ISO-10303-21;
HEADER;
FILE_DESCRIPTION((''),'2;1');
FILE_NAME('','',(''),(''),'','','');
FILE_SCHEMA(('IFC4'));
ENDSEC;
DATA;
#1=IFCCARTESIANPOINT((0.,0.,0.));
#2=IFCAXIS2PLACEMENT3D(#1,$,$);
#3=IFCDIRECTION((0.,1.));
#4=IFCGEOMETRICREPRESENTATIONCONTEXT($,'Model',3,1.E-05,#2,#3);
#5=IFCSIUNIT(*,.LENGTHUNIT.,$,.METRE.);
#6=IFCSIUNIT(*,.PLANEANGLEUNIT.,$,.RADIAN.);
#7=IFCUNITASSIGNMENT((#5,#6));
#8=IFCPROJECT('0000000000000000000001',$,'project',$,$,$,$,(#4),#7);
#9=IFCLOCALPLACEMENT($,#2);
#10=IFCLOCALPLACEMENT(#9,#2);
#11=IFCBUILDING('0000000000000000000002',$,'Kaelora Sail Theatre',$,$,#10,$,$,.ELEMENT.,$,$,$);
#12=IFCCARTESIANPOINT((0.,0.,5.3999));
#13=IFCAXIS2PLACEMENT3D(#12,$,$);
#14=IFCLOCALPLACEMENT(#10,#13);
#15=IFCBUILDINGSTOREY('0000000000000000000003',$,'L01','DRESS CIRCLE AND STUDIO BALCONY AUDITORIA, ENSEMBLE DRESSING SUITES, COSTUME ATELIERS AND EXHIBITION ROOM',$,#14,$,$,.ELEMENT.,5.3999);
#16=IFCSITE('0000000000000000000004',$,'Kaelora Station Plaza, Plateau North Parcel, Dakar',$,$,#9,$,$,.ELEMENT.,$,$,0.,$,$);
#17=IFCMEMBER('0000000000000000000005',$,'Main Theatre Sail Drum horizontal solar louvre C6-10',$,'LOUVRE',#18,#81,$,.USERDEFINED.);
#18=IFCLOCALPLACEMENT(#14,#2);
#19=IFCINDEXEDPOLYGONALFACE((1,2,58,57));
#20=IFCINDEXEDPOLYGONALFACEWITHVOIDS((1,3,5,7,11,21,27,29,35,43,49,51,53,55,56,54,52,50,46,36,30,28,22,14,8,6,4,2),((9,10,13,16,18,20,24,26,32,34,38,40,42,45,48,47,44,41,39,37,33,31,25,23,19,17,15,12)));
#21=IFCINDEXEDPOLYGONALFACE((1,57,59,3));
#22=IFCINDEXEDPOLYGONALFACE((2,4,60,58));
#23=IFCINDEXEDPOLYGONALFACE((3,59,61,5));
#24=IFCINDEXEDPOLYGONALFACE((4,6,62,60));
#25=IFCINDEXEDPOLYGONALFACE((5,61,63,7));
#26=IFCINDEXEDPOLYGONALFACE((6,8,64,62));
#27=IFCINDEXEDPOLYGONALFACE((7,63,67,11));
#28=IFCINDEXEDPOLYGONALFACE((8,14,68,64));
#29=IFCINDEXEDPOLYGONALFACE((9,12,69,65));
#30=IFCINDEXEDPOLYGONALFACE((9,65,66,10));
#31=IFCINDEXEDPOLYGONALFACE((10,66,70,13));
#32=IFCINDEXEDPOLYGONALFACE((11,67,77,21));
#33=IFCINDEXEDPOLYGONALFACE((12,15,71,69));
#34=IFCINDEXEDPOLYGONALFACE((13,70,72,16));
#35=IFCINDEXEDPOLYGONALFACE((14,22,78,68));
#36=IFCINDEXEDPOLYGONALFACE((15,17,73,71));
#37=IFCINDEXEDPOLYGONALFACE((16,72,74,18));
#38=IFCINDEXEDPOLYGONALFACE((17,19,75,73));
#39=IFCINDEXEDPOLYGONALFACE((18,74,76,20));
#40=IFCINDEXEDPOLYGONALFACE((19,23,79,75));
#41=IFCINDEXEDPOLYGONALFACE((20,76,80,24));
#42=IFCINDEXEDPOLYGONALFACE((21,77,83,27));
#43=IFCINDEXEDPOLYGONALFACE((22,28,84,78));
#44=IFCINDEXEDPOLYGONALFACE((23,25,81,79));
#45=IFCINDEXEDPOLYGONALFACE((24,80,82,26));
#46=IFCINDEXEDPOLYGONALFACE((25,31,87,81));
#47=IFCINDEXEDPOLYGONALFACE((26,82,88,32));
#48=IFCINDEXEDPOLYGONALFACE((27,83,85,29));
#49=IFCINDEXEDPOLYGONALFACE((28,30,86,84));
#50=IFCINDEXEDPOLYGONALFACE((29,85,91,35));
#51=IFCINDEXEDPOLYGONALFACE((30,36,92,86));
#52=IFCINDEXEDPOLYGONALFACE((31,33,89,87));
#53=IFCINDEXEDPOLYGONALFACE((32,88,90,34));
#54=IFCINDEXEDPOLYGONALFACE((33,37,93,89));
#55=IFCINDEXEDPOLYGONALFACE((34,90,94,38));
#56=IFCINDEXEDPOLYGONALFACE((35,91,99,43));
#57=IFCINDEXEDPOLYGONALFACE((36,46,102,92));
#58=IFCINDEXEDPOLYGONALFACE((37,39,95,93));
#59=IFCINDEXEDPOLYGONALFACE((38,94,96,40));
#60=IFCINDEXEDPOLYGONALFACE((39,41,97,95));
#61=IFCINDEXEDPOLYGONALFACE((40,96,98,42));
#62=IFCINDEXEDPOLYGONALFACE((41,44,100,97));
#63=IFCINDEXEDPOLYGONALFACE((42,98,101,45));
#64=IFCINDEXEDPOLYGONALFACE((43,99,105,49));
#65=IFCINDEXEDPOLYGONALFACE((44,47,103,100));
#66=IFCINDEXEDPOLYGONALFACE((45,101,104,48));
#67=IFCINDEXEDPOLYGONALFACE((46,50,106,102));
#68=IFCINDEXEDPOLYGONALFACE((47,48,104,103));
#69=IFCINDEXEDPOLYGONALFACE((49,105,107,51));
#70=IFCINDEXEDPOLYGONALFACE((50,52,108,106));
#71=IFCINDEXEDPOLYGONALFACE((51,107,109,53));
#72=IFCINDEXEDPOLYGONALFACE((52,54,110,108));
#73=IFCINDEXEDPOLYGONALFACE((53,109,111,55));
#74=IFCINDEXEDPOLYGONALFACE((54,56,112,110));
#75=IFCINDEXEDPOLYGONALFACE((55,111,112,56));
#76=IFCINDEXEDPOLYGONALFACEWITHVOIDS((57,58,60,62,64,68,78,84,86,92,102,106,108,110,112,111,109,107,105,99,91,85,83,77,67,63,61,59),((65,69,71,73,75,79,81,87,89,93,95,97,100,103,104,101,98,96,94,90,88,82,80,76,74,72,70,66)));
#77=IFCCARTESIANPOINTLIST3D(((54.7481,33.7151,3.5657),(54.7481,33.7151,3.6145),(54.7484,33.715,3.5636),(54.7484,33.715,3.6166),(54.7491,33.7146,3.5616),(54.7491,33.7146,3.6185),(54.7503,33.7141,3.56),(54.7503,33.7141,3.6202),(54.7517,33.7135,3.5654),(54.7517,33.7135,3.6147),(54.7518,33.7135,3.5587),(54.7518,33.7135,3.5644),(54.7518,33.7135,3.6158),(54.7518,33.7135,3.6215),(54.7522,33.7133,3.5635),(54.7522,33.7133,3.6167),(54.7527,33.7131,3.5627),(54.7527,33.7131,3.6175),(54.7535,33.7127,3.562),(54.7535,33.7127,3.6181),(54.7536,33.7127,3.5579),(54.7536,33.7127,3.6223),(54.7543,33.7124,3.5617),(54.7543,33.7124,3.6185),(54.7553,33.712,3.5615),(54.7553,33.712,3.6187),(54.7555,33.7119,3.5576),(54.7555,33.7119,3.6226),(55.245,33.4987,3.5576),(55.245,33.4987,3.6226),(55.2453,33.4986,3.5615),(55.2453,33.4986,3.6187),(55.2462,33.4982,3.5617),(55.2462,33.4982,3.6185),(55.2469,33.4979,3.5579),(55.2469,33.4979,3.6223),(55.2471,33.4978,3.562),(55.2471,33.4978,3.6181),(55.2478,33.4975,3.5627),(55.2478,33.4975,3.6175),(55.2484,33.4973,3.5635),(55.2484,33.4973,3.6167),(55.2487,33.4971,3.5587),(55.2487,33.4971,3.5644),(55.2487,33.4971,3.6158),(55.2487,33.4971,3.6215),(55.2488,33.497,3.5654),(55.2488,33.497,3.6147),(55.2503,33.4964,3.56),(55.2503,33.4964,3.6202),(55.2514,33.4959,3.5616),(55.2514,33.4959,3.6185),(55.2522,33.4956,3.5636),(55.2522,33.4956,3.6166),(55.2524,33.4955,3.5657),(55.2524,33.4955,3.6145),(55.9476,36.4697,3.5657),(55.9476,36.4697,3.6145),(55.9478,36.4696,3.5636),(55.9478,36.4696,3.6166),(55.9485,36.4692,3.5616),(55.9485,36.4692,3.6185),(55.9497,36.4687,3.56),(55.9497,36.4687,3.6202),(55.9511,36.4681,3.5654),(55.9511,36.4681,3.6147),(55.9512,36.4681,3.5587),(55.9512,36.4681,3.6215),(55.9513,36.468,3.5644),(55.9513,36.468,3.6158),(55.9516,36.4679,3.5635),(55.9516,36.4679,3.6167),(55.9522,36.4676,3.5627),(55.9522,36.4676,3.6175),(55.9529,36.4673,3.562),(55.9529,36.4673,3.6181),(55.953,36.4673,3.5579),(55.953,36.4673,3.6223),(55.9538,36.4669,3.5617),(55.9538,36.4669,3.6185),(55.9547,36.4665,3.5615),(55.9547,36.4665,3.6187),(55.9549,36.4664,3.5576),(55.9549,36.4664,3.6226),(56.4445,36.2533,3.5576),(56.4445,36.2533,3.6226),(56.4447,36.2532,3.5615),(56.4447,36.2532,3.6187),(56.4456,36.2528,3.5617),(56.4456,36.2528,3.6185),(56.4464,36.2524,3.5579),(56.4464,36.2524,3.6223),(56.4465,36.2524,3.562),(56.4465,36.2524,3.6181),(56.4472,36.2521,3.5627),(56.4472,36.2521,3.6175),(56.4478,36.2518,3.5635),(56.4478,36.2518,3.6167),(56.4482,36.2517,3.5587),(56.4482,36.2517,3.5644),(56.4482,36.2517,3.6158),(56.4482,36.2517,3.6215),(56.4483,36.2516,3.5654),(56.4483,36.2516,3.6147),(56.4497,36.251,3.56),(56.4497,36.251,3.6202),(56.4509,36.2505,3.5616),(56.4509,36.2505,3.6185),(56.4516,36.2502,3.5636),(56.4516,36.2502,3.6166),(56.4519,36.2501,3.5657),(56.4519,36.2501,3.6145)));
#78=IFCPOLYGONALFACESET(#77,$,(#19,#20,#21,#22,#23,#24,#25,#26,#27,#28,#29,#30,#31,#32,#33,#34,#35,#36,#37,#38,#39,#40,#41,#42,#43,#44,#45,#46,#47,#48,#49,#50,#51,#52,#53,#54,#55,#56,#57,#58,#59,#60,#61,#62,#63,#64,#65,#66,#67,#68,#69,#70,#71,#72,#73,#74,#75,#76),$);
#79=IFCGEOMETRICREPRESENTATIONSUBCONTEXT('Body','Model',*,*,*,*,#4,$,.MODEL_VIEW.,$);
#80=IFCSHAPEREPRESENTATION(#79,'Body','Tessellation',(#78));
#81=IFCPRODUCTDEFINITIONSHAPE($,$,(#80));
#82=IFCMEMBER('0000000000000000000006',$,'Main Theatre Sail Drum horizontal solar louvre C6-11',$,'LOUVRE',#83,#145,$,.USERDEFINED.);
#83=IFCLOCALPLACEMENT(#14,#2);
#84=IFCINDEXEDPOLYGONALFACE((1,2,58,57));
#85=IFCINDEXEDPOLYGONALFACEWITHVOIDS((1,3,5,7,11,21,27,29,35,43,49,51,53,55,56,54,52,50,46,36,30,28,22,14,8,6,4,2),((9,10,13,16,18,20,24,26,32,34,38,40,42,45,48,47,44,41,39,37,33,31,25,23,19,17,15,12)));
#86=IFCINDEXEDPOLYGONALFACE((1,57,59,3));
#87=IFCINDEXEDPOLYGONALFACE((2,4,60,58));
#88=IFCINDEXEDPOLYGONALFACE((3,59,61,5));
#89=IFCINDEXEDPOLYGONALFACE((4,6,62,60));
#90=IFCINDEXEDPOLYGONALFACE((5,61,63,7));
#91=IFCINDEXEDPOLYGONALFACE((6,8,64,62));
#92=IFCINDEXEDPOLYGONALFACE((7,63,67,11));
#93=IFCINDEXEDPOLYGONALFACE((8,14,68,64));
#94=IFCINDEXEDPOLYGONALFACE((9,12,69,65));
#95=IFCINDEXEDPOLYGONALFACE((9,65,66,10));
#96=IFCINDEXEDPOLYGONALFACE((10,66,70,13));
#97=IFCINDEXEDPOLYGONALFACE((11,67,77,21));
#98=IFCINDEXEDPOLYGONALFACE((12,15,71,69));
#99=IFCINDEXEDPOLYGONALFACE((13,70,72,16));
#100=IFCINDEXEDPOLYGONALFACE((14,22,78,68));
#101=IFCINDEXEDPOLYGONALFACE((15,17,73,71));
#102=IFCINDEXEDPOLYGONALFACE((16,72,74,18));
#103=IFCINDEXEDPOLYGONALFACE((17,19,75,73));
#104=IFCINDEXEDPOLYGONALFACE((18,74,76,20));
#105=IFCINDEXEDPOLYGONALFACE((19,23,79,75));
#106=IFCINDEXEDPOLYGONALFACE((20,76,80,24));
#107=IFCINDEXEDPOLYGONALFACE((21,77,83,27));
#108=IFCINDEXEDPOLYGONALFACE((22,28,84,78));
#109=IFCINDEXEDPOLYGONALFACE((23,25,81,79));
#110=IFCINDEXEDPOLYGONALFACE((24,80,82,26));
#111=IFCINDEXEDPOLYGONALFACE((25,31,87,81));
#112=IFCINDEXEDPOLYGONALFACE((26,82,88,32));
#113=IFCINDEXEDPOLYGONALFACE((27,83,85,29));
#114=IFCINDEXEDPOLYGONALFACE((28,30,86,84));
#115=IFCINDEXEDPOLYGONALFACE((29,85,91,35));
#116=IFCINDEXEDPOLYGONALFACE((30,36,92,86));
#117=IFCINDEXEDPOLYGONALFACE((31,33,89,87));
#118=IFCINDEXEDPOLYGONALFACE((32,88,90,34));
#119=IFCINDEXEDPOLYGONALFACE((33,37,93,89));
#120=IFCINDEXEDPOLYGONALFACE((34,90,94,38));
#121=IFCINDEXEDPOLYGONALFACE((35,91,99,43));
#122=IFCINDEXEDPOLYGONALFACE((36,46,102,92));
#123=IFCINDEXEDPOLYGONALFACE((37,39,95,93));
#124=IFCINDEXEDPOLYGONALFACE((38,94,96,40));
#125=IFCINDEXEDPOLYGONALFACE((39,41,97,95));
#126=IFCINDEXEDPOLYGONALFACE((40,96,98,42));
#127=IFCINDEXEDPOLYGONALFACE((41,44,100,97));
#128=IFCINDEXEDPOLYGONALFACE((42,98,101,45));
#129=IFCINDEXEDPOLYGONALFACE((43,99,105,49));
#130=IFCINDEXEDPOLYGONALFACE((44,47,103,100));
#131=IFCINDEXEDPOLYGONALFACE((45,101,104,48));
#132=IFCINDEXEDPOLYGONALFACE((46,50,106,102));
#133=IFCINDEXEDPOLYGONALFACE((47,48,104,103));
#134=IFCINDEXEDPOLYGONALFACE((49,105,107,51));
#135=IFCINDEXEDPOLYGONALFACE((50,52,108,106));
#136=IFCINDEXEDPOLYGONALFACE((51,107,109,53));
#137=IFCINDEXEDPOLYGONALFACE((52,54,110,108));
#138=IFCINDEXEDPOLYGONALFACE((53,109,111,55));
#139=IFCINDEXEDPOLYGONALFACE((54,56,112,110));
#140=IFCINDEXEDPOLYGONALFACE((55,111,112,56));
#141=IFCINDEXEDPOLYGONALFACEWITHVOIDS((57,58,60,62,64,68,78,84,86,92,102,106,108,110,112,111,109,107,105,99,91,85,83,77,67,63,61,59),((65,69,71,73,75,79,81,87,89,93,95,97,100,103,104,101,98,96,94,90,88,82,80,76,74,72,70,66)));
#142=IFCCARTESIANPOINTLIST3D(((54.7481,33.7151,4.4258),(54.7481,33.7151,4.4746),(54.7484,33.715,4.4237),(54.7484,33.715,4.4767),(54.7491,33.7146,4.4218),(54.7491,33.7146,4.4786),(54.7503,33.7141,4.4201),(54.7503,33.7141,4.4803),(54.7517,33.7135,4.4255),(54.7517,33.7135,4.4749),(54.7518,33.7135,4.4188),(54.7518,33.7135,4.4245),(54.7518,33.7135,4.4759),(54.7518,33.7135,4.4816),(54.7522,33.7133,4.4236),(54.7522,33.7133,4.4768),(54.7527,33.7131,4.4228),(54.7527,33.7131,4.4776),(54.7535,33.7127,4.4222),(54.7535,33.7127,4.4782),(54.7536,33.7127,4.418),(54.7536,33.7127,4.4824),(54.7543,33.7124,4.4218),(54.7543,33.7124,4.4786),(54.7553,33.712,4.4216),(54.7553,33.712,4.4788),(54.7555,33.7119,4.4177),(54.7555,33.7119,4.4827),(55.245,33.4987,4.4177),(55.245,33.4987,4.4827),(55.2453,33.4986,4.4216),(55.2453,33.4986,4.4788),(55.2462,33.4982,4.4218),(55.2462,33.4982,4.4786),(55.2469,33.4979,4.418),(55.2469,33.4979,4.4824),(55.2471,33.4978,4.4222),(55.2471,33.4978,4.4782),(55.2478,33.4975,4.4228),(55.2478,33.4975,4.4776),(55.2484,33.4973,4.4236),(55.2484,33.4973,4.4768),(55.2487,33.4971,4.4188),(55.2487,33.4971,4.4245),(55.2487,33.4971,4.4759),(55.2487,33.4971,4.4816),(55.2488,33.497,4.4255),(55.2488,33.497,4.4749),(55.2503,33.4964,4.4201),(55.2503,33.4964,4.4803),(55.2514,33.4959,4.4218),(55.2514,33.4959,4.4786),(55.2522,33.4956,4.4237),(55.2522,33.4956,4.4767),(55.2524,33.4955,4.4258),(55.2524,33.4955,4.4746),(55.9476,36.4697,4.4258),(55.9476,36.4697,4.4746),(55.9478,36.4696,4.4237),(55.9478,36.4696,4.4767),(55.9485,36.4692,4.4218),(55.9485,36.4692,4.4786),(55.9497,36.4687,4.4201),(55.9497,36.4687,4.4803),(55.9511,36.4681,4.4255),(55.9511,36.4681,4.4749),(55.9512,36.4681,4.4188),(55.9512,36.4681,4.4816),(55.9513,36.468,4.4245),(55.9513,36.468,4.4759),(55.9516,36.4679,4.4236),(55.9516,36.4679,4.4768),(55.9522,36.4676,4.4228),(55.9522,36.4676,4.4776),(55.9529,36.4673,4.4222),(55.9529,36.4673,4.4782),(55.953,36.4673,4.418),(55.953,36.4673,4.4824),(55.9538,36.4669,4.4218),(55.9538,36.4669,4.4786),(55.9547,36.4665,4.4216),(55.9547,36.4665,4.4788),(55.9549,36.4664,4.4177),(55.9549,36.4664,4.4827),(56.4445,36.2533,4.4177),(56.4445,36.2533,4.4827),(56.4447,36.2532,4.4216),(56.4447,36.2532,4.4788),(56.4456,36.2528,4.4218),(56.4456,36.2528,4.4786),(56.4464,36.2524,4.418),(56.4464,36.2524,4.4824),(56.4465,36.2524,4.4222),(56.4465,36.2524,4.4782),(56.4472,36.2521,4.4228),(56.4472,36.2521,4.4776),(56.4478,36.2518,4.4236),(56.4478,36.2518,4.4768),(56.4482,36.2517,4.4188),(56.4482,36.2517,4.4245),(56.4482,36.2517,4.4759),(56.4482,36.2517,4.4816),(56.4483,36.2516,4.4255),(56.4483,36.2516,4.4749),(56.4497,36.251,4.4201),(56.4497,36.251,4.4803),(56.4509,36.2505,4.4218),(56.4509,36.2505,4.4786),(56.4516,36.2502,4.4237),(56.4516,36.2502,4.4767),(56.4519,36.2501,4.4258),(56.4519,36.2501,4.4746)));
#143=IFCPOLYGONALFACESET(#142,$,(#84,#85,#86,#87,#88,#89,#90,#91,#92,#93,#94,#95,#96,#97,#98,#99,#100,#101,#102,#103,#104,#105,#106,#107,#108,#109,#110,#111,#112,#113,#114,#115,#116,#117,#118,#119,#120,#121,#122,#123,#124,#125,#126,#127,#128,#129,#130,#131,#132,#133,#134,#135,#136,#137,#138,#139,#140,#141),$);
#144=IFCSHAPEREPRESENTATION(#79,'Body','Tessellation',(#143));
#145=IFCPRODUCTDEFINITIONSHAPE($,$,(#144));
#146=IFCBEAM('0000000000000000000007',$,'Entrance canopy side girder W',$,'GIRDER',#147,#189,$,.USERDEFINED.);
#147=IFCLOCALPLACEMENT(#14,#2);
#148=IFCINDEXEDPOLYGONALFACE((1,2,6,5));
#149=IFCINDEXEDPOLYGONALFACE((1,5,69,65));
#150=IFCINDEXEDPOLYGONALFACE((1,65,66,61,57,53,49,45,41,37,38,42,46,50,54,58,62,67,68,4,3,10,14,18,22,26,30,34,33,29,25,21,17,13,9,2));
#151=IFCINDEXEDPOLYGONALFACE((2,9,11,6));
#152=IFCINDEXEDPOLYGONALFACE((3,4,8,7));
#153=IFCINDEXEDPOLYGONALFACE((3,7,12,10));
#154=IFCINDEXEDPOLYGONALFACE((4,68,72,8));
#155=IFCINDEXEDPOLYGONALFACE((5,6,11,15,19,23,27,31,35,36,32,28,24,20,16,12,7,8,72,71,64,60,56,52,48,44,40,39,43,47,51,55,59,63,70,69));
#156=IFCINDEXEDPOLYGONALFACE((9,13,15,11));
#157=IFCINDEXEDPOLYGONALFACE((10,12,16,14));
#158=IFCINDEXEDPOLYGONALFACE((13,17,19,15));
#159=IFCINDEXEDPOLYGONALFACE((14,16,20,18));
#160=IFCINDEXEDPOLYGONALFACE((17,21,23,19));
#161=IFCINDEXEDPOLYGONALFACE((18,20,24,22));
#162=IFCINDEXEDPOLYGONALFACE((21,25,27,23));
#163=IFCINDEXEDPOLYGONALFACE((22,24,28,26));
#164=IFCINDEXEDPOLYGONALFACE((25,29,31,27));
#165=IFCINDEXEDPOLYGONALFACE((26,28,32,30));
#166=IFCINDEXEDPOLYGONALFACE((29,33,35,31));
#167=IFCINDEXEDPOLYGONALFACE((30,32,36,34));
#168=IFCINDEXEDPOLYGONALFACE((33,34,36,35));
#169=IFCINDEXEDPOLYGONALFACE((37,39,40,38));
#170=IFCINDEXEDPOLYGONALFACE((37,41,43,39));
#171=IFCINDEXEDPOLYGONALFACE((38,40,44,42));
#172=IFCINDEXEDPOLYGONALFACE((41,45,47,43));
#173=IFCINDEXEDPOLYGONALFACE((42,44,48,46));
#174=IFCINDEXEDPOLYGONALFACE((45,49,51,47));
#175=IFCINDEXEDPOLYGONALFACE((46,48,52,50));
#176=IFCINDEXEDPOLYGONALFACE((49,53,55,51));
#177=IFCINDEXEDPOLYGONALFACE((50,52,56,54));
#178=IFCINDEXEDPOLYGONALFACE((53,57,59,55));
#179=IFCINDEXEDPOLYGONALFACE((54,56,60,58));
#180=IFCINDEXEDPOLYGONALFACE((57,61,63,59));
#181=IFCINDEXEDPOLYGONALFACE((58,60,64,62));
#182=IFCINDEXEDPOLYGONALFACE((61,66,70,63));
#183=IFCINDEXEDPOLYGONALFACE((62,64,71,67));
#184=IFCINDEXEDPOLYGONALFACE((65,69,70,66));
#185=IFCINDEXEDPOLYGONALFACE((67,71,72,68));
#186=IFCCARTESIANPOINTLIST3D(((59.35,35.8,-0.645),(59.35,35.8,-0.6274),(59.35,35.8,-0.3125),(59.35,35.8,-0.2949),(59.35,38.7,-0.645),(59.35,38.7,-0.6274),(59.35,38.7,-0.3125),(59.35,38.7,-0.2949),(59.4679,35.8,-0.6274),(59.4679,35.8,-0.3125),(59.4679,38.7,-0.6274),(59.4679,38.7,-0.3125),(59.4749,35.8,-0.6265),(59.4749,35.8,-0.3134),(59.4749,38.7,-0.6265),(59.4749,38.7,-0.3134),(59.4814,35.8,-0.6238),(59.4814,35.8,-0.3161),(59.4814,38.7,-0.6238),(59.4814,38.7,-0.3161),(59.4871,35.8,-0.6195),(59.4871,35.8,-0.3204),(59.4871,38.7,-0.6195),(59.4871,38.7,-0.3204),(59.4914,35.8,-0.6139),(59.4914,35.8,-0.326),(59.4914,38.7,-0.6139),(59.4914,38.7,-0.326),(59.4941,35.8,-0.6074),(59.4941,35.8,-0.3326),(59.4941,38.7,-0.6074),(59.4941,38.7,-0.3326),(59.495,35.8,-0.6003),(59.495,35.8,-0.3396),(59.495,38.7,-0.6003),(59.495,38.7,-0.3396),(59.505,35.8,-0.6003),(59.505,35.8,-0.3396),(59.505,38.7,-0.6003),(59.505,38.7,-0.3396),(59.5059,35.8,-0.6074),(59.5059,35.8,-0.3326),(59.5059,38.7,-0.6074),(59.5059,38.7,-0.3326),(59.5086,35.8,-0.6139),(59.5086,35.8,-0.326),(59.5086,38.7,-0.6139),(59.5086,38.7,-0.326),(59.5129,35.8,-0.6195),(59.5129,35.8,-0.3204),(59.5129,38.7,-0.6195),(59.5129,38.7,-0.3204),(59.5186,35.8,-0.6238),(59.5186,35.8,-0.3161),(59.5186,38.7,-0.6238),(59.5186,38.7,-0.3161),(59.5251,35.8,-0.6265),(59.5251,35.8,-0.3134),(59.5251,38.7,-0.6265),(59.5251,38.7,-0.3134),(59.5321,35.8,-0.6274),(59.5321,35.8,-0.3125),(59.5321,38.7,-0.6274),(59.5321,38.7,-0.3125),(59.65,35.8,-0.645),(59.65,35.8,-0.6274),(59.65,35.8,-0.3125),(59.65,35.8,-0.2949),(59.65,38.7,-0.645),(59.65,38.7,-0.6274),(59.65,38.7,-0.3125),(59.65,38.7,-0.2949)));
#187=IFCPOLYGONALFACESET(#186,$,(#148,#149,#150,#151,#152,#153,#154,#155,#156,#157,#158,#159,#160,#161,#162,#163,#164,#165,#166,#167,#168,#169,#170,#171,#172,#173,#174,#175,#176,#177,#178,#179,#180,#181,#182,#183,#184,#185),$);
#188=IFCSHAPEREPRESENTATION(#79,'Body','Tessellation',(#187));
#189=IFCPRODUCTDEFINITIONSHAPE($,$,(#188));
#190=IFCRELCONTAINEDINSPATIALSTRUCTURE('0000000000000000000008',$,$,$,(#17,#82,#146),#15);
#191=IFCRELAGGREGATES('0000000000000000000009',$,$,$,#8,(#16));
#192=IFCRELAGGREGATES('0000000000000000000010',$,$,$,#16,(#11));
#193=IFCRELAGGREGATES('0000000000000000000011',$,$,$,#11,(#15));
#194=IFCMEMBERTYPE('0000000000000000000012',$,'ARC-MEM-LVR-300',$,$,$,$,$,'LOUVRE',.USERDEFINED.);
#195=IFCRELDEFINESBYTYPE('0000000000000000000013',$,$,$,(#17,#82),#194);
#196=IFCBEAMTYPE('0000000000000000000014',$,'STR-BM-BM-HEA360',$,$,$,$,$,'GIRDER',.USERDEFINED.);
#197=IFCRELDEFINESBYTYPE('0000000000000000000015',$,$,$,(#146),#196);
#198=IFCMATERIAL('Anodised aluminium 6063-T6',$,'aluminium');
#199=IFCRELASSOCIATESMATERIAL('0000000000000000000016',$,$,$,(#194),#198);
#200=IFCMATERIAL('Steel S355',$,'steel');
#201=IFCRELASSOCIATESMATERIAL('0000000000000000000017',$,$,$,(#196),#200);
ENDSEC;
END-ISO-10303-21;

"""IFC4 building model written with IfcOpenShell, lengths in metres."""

from ifc_helpers import new_model, si_unit, direction, frame, origin, origin_2d, place, context, subcontext, project, spatial, hollow_rectangle, i_section, extrude, material, material_profile, profile_set, type_object, element, save


model = new_model("IFC4")

# Units and contexts
model_context = context("Model", 3, precision=1e-05, world=origin(), true_north=direction((0.0, 1.0)))
body_context = subcontext(model_context, "Body", "Model", "MODEL_VIEW")
ifc_project = project(units=[si_unit("LENGTHUNIT", "METRE"), si_unit("PLANEANGLEUNIT", "RADIAN")], contexts=[model_context])

# Site, building, storey
site_placement = place(None, origin())
site = spatial("IfcSite", under=ifc_project, at=site_placement, Name="Kaelora Station Plaza, Plateau North Parcel, Dakar", CompositionType="ELEMENT", RefElevation=0.0)
building_placement = place(site_placement, origin())
building = spatial("IfcBuilding", under=site, at=building_placement, Name="Kaelora Sail Theatre", CompositionType="ELEMENT")
storey_placement = place(building_placement, frame((0.0, 0.0, 5.3999)))
storey = spatial("IfcBuildingStorey", under=building, at=storey_placement, Name="L01", Description="DRESS CIRCLE AND STUDIO BALCONY AUDITORIA, ENSEMBLE DRESSING SUITES, COSTUME ATELIERS AND EXHIBITION ROOM", CompositionType="ELEMENT", Elevation=5.3999)

# Members
ifc_material_1 = material(Name="Anodised aluminium 6063-T6", Category="aluminium")
ifc_material_profile_1 = material_profile(ifc_material_1, hollow_rectangle(XDim=0.55, YDim=0.0649, WallThickness=0.0039, InnerFilletRadius=0.0039, OuterFilletRadius=0.0081, at=origin_2d()), Name="LOUVRE 550x65x4")
ifc_profile_set_1 = profile_set([ifc_material_profile_1], Name="Anodised aluminium 6063-T6")
member_type_1 = type_object("IfcMemberType", Name="ARC-MEM-LVR-300", ElementType="LOUVRE", PredefinedType="USERDEFINED", material=ifc_profile_set_1)
for number, where, z_axis, x_axis, name in (
    (1, (56.1997, 36.3599, 3.5901), (-0.399228, -0.916852, 0.0), (0.916852, -0.399228, 0.0), "Main Theatre Sail Drum horizontal solar louvre C6-10"),
    (2, (56.1997, 36.3599, 4.4502), (-0.399228, -0.916852, 0.0), (0.916852, -0.399228, 0.0), "Main Theatre Sail Drum horizontal solar louvre C6-11"),
):
    element("IfcMember", number, at=place(storey_placement, frame(where, z_axis=z_axis, x_axis=x_axis)), inside=storey, type_object=member_type_1, Name=name, ObjectType="LOUVRE", PredefinedType="USERDEFINED", context=body_context, shape_type="SweptSolid", body=[
        extrude(hollow_rectangle(XDim=0.55, YDim=0.0649, WallThickness=0.0039, InnerFilletRadius=0.0039, OuterFilletRadius=0.0081, at=origin_2d()), origin(), (0.0, 0.0, 1.0), 3.0044),
    ])

# Beam
ifc_material_2 = material(Name="Steel S355", Category="steel")
ifc_material_profile_2 = material_profile(ifc_material_2, i_section(OverallWidth=0.3, OverallDepth=0.3501, WebThickness=0.01, FlangeThickness=0.0176, FilletRadius=0.0271, at=origin_2d()), Name="HEA 360")
ifc_profile_set_2 = profile_set([ifc_material_profile_2], Name="Steel S355")
beam_type_1 = type_object("IfcBeamType", Name="STR-BM-BM-HEA360", ElementType="GIRDER", PredefinedType="USERDEFINED", material=ifc_profile_set_2)
beam_1_placement = place(storey_placement, frame((59.5, 35.8, -0.47), z_axis=(0.0, 1.0, 0.0), x_axis=(-1.0, 0.0, 0.0)))
element("IfcBeam", 3, at=beam_1_placement, inside=storey, type_object=beam_type_1, Name="Entrance canopy side girder W", ObjectType="GIRDER", PredefinedType="USERDEFINED", context=body_context, shape_type="SweptSolid", body=[
    extrude(i_section(OverallWidth=0.3, OverallDepth=0.3501, WebThickness=0.01, FlangeThickness=0.0176, FilletRadius=0.0271, at=origin_2d()), origin(), (0.0, 0.0, 1.0), 2.8999),
])

save(model, "model.ifc")
